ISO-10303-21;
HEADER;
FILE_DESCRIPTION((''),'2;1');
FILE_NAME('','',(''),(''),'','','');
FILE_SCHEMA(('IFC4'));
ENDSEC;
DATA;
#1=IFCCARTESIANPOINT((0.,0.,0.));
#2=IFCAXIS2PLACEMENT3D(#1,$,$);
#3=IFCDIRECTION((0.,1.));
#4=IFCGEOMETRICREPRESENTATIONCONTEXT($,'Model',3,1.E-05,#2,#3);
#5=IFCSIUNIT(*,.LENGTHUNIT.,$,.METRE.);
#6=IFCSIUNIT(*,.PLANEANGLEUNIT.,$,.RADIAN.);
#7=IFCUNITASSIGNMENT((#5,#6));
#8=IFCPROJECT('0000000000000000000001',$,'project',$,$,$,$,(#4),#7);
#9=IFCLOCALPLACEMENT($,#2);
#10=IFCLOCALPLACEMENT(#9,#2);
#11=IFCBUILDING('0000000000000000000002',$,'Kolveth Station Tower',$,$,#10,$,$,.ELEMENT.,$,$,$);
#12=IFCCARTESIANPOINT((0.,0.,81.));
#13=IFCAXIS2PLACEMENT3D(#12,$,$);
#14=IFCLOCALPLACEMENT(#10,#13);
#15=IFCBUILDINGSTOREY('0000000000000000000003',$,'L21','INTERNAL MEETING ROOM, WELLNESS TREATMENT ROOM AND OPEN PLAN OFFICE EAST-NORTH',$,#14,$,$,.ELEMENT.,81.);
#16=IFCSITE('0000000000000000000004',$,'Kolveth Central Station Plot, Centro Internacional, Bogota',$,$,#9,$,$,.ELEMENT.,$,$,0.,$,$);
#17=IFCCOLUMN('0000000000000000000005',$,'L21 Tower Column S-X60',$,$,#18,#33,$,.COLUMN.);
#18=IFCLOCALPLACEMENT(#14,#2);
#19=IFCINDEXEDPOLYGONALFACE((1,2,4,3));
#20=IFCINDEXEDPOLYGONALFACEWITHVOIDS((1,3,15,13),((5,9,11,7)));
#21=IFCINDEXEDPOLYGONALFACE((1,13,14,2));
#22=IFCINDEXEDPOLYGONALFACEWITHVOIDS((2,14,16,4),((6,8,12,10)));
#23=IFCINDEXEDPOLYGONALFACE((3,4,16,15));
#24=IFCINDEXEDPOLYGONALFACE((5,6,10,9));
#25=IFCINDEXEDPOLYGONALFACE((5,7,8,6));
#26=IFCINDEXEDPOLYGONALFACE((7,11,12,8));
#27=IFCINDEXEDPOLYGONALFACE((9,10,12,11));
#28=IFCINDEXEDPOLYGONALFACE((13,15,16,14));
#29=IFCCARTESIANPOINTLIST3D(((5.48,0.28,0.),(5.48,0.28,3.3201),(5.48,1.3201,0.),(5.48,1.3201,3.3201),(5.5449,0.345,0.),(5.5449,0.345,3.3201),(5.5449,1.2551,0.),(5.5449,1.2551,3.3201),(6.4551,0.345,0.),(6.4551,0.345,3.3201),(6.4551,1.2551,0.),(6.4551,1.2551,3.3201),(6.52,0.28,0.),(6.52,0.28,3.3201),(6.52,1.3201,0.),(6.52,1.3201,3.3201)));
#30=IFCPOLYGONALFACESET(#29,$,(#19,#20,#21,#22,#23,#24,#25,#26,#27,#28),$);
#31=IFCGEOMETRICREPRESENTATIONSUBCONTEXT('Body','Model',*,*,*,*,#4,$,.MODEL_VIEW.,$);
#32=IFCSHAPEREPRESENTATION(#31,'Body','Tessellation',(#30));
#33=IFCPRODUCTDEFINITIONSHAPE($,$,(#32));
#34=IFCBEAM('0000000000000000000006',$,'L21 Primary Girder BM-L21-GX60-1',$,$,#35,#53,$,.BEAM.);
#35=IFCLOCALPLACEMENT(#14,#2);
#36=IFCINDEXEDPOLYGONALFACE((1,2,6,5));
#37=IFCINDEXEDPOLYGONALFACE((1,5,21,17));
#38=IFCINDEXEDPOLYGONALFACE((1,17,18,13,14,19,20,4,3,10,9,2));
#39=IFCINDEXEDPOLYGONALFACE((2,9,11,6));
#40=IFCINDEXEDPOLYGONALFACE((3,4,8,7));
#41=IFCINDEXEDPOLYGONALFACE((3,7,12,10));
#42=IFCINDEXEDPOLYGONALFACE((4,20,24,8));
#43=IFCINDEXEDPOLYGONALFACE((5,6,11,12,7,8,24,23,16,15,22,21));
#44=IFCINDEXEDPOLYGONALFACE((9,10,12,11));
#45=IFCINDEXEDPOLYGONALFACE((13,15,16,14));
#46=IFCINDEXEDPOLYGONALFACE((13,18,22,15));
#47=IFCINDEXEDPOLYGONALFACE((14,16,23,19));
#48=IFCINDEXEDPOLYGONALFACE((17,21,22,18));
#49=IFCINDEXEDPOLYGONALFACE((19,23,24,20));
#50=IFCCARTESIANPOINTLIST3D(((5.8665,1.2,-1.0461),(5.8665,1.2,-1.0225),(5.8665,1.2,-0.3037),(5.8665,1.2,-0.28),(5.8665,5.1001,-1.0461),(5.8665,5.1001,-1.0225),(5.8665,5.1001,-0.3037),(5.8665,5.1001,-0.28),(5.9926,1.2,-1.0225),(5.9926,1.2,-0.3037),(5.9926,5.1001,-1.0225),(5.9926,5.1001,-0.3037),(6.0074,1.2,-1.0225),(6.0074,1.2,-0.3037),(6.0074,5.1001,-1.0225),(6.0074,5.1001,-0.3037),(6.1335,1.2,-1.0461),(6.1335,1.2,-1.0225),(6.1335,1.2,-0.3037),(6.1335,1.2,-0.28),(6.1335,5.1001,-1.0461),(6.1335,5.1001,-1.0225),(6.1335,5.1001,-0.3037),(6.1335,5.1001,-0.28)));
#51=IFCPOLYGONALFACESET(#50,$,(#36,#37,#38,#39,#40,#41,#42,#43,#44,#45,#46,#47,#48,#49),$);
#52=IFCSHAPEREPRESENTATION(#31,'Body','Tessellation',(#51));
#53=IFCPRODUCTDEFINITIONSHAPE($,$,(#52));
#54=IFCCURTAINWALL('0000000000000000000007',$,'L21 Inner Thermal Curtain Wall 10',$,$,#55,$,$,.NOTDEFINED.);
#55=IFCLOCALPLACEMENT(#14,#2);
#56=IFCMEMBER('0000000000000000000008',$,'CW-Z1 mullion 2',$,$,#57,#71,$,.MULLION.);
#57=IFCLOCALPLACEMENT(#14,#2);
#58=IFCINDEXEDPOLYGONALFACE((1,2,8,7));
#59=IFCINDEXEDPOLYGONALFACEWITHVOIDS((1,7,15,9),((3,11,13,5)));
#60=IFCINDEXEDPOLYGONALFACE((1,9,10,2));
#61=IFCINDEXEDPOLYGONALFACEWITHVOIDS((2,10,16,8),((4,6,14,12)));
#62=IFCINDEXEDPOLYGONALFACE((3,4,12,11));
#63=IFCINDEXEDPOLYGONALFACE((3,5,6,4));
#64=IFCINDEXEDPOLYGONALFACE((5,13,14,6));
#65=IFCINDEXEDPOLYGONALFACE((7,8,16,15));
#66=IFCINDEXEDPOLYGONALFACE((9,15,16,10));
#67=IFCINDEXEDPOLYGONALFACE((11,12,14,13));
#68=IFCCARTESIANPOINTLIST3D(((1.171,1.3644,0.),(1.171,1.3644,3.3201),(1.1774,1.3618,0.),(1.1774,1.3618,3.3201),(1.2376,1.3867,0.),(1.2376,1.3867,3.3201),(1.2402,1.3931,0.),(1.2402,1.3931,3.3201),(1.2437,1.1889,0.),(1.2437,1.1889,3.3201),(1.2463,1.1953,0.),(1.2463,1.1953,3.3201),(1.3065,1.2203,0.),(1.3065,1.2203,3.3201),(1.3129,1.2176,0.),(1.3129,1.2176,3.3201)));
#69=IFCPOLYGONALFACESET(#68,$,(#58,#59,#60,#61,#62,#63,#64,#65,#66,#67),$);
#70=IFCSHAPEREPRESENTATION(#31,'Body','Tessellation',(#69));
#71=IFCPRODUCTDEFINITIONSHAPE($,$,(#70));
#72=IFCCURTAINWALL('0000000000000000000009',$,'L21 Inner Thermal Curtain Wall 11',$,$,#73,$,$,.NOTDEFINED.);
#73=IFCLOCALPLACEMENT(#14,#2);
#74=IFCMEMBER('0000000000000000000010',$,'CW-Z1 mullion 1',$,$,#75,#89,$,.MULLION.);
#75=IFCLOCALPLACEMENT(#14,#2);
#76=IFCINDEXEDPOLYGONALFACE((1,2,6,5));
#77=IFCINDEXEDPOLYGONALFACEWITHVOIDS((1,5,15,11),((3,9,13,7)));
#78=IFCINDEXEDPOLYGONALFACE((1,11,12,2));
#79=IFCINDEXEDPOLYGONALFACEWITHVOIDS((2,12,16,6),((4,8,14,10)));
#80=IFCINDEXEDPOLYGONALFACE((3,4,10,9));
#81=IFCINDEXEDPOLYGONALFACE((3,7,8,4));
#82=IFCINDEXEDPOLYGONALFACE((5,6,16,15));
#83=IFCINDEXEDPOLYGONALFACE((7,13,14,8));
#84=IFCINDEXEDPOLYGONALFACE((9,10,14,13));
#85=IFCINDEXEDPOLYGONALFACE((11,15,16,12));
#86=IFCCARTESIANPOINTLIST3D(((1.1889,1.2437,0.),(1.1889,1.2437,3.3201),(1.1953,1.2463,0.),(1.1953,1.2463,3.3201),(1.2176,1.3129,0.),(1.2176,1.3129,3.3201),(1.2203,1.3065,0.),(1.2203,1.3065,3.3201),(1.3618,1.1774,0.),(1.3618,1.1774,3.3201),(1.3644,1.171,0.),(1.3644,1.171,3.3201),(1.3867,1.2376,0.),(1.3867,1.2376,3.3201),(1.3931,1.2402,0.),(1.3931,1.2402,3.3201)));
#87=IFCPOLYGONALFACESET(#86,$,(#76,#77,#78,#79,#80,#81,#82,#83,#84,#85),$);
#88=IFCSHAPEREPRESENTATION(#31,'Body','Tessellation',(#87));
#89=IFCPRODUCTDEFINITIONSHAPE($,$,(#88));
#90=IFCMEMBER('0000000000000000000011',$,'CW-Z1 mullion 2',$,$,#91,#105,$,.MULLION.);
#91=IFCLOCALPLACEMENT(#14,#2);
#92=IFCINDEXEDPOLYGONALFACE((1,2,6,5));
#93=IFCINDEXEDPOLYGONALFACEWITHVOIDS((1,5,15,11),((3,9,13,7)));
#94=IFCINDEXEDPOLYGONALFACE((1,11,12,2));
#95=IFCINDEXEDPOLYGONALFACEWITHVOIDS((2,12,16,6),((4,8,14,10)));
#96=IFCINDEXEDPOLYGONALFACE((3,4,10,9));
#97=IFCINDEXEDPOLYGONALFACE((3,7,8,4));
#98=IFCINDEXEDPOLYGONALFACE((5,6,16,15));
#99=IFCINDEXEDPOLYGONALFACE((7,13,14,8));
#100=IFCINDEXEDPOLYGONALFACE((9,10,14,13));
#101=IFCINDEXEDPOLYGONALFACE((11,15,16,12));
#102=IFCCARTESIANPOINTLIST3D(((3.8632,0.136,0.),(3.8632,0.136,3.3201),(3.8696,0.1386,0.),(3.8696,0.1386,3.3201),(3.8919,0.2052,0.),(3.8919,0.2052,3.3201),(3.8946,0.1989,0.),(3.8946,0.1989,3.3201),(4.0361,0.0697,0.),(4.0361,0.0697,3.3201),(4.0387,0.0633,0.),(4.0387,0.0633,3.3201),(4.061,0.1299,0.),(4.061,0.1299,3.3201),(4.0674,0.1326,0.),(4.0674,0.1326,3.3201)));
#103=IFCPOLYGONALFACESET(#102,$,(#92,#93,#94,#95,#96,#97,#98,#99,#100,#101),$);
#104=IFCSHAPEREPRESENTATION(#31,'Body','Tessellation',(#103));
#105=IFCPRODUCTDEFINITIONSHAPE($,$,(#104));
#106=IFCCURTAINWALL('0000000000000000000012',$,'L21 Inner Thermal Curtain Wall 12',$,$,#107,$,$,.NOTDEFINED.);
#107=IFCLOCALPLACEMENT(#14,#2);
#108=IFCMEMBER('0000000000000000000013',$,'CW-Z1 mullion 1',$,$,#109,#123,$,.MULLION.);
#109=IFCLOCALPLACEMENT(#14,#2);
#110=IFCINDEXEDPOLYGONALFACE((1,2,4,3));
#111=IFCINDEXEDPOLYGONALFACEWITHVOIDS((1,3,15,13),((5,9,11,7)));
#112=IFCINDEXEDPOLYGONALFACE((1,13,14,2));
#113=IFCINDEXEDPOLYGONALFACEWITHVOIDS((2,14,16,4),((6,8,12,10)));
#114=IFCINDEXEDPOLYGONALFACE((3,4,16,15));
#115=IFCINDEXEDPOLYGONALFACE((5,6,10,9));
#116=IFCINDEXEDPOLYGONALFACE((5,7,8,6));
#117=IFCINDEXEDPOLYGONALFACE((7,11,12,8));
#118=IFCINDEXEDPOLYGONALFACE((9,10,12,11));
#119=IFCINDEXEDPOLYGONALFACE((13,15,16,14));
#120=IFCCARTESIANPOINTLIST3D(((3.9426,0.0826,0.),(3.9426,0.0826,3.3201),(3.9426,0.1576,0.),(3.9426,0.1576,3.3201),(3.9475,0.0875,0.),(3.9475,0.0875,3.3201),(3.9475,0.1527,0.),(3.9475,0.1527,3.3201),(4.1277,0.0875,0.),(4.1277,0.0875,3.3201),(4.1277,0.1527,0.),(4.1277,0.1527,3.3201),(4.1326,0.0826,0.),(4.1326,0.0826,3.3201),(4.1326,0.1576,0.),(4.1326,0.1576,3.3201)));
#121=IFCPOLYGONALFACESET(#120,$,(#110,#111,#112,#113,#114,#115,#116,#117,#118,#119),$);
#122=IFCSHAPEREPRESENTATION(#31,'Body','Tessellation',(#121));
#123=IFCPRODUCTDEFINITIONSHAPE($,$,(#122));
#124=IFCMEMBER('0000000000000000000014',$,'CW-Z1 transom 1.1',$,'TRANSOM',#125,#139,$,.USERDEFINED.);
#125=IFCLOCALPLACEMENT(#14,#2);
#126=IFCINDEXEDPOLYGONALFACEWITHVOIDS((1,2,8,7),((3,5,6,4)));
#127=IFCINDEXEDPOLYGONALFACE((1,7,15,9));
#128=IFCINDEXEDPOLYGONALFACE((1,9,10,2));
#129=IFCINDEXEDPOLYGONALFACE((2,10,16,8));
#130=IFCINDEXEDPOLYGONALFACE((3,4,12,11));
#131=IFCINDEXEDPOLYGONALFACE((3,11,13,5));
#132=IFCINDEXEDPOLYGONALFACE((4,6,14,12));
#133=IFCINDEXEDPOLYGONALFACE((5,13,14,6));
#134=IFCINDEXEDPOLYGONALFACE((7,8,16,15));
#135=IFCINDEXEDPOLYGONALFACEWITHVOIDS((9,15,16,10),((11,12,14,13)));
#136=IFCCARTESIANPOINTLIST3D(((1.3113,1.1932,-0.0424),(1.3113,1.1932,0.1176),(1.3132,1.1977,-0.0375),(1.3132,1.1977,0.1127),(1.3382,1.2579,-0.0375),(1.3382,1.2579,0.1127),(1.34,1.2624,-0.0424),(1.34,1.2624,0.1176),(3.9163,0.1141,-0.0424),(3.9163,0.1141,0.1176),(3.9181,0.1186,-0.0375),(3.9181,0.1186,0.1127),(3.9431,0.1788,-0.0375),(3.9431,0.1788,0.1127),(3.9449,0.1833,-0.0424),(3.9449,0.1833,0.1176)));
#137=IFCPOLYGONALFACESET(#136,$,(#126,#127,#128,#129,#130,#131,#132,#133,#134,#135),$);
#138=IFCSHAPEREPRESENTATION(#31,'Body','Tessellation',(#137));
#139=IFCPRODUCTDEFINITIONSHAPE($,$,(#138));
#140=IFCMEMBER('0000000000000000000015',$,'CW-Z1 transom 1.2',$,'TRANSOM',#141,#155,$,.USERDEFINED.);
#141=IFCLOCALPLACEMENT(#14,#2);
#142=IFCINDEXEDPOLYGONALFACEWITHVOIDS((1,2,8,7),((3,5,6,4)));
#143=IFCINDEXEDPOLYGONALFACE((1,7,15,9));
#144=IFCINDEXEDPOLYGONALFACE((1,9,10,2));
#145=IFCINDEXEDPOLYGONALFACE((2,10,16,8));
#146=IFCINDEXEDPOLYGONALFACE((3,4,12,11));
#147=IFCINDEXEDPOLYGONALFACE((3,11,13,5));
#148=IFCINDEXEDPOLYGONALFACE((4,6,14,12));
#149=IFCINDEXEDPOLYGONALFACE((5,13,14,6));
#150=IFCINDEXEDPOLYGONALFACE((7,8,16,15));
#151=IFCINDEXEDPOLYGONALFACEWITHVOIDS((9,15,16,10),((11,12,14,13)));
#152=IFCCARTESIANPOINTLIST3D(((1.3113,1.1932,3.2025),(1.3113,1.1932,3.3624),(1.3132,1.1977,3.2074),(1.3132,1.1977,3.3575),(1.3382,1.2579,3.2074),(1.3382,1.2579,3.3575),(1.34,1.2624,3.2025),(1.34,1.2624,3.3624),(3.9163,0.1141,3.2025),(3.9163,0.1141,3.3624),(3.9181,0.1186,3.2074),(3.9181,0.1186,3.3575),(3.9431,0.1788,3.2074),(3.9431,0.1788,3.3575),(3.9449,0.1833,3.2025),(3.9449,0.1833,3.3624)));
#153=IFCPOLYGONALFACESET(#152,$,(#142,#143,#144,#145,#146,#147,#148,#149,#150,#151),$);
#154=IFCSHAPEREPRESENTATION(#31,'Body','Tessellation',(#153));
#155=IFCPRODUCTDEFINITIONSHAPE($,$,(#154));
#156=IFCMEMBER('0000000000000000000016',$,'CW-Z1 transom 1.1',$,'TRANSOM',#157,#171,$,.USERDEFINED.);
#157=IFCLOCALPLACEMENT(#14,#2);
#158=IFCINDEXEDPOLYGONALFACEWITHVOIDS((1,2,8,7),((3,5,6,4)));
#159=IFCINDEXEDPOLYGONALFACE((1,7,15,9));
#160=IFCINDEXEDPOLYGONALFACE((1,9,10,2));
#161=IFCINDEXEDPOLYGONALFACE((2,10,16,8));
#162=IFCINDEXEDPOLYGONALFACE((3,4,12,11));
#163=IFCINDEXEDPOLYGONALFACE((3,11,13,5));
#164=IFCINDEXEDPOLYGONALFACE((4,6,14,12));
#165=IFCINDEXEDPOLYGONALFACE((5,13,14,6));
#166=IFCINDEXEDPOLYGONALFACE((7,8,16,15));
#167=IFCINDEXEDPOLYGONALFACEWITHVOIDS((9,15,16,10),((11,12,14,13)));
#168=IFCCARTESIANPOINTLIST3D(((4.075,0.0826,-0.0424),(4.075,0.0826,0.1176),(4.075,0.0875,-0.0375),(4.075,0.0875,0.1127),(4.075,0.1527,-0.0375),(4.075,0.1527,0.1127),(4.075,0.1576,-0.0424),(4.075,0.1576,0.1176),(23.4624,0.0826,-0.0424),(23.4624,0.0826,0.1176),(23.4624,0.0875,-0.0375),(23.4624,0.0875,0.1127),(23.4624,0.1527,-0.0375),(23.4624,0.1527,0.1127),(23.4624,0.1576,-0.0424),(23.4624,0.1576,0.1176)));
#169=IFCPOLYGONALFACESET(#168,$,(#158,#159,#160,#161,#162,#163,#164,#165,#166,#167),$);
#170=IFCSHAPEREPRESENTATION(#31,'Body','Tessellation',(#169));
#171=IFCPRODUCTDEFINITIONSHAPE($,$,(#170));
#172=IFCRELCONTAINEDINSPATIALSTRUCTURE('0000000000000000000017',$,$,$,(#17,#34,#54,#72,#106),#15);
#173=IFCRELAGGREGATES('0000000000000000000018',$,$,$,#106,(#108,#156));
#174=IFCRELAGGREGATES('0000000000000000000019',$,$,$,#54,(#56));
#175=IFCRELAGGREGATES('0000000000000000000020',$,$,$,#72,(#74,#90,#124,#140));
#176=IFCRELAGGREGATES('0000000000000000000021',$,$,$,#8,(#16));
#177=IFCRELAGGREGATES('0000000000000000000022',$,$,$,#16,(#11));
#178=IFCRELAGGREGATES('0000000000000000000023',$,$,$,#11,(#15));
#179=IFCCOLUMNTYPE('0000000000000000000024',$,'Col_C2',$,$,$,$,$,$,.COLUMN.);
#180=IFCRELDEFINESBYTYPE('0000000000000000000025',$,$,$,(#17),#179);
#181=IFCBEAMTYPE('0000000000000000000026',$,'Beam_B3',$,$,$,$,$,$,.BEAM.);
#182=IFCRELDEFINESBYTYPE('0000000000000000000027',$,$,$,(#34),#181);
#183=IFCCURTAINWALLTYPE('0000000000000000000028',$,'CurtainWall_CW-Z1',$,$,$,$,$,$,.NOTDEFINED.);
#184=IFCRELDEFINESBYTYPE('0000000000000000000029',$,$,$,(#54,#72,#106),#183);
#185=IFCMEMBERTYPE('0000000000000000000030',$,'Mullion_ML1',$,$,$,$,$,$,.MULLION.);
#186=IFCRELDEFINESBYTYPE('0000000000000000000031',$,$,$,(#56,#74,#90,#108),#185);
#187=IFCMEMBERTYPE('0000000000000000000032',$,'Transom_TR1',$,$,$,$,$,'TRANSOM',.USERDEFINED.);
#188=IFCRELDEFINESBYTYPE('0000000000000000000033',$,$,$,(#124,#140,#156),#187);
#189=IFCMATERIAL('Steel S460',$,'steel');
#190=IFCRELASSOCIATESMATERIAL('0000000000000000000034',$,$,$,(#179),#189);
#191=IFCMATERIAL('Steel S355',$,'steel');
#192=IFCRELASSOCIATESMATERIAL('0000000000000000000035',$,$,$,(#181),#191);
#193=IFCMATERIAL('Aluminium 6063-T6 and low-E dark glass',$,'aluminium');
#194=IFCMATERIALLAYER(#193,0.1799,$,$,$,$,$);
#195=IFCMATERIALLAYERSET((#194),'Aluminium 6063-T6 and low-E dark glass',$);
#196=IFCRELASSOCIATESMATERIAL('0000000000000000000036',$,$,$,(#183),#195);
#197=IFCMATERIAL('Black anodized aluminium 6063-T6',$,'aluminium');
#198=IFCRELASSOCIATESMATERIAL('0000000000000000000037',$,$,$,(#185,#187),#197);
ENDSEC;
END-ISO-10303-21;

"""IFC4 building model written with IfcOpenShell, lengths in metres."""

from ifc_helpers import new_model, si_unit, direction, frame, origin, origin_2d, place, context, subcontext, project, spatial, hollow_rectangle, i_section, extrude, source, transform, mapped, material, layer, layer_set, material_profile, profile_set, type_object, element, aggregate, save


model = new_model("IFC4")

# Units and contexts
model_context = context("Model", 3, precision=1e-05, world=origin(), true_north=direction((0.0, 1.0)))
body_context = subcontext(model_context, "Body", "Model", "MODEL_VIEW")
ifc_project = project(units=[si_unit("LENGTHUNIT", "METRE"), si_unit("PLANEANGLEUNIT", "RADIAN")], contexts=[model_context])

# Site, building, storey
site_placement = place(None, origin())
site = spatial("IfcSite", under=ifc_project, at=site_placement, Name="Kolveth Central Station Plot, Centro Internacional, Bogota", CompositionType="ELEMENT", RefElevation=0.0)
building_placement = place(site_placement, origin())
building = spatial("IfcBuilding", under=site, at=building_placement, Name="Kolveth Station Tower", CompositionType="ELEMENT")
storey_placement = place(building_placement, frame((0.0, 0.0, 81.0)))
storey = spatial("IfcBuildingStorey", under=building, at=storey_placement, Name="L21", Description="INTERNAL MEETING ROOM, WELLNESS TREATMENT ROOM AND OPEN PLAN OFFICE EAST-NORTH", CompositionType="ELEMENT", Elevation=81.0)

# Column
ifc_material_1 = material(Name="Steel S460", Category="steel")
ifc_material_profile_1 = material_profile(ifc_material_1, hollow_rectangle(XDim=1.04, YDim=1.04, WallThickness=0.0649, at=origin_2d()), Name="BOX1040x1040x65")
ifc_profile_set_1 = profile_set([ifc_material_profile_1], Name="Steel S460")
column_type = type_object("IfcColumnType", Name="Col_C2", PredefinedType="COLUMN", material=ifc_profile_set_1)
shared_shape_1 = source(origin(), body_context, "Body", "SweptSolid", [
    extrude(hollow_rectangle(XDim=1.04, YDim=1.04, WallThickness=0.0649, at=origin_2d()), origin(), (0.0, 0.0, 1.0), 3.3201),
])
column_placement = place(storey_placement, frame((6.0, 0.8, 0.0), z_axis=(0.0, 0.0, 1.0), x_axis=(1.0, 0.0, 0.0)))
element("IfcColumn", 1, at=column_placement, inside=storey, type_object=column_type, Name="L21 Tower Column S-X60", PredefinedType="COLUMN", context=body_context, shape_type="MappedRepresentation", body=[
    mapped(shared_shape_1, transform((0.0, 0.0, 0.0), x_axis=(1.0, 0.0, 0.0), y_axis=(0.0, 1.0, 0.0), z_axis=(0.0, 0.0, 1.0), scale=1.0)),
])

# Beam
ifc_material_2 = material(Name="Steel S355", Category="steel")
ifc_material_profile_2 = material_profile(ifc_material_2, i_section(OverallWidth=0.2671, OverallDepth=0.7661, WebThickness=0.0149, FlangeThickness=0.0237, at=origin_2d()), Name="W760x185")
ifc_profile_set_2 = profile_set([ifc_material_profile_2], Name="Steel S355")
beam_type = type_object("IfcBeamType", Name="Beam_B3", PredefinedType="BEAM", material=ifc_profile_set_2)
shared_shape_2 = source(origin(), body_context, "Body", "SweptSolid", [
    extrude(i_section(OverallWidth=0.2671, OverallDepth=0.7661, WebThickness=0.0149, FlangeThickness=0.0237, at=origin_2d()), origin(), (0.0, 0.0, 1.0), 3.9001),
])
beam_placement = place(storey_placement, frame((6.0, 1.2, -0.6631), z_axis=(0.0, 1.0, 0.0), x_axis=(-1.0, 0.0, 0.0)))
element("IfcBeam", 2, at=beam_placement, inside=storey, type_object=beam_type, Name="L21 Primary Girder BM-L21-GX60-1", PredefinedType="BEAM", context=body_context, shape_type="MappedRepresentation", body=[
    mapped(shared_shape_2, transform((0.0, 0.0, 0.0), x_axis=(1.0, 0.0, 0.0), y_axis=(0.0, 1.0, 0.0), z_axis=(0.0, 0.0, 1.0), scale=1.0)),
])

# Curtain wall, member
ifc_material_3 = material(Name="Aluminium 6063-T6 and low-E dark glass", Category="aluminium")
ifc_layer_1 = layer(ifc_material_3, 0.1799)
ifc_layer_set_1 = layer_set([ifc_layer_1], Name="Aluminium 6063-T6 and low-E dark glass")
curtain_wall_type_1 = type_object("IfcCurtainWallType", Name="CurtainWall_CW-Z1", PredefinedType="NOTDEFINED", material=ifc_layer_set_1)
curtain_wall_1_placement = place(storey_placement, origin())
curtain_wall_1 = element("IfcCurtainWall", 3, at=curtain_wall_1_placement, inside=storey, type_object=curtain_wall_type_1, Name="L21 Inner Thermal Curtain Wall 10", PredefinedType="NOTDEFINED")
ifc_material_4 = material(Name="Black anodized aluminium 6063-T6", Category="aluminium")
ifc_material_profile_3 = material_profile(ifc_material_4, hollow_rectangle(XDim=0.075, YDim=0.1899, WallThickness=0.0049, at=origin_2d()), Name="ALU-75x190x5")
ifc_profile_set_3 = profile_set([ifc_material_profile_3], Name="Black anodized aluminium 6063-T6")
member_type_1 = type_object("IfcMemberType", Name="Mullion_ML1", PredefinedType="MULLION", material=ifc_profile_set_3)
shared_shape_3 = source(origin(), body_context, "Body", "SweptSolid", [
    extrude(hollow_rectangle(XDim=0.075, YDim=0.1899, WallThickness=0.0049, at=origin_2d()), origin(), (0.0, 0.0, 1.0), 3.3201),
])
member_1_placement = place(storey_placement, frame((1.2419, 1.291, 0.0), z_axis=(0.0, 0.0, 1.0), x_axis=(0.923884, 0.382673, 0.0)))
member_1 = element("IfcMember", 4, at=member_1_placement, type_object=member_type_1, Name="CW-Z1 mullion 2", PredefinedType="MULLION", context=body_context, shape_type="MappedRepresentation", body=[
    mapped(shared_shape_3, transform((0.0, 0.0, 0.0), x_axis=(1.0, 0.0, 0.0), y_axis=(0.0, 1.0, 0.0), z_axis=(0.0, 0.0, 1.0), scale=1.0)),
])

# Curtain wall, members
curtain_wall_2_placement = place(storey_placement, origin())
curtain_wall_2 = element("IfcCurtainWall", 5, at=curtain_wall_2_placement, inside=storey, type_object=curtain_wall_type_1, Name="L21 Inner Thermal Curtain Wall 11", PredefinedType="NOTDEFINED")
member_2_placement = place(storey_placement, frame((1.291, 1.2419, 0.0), z_axis=(0.0, 0.0, 1.0), x_axis=(0.382673, 0.923884, 0.0)))
member_2 = element("IfcMember", 6, at=member_2_placement, type_object=member_type_1, Name="CW-Z1 mullion 1", PredefinedType="MULLION", context=body_context, shape_type="MappedRepresentation", body=[
    mapped(shared_shape_3, transform((0.0, 0.0, 0.0), x_axis=(1.0, 0.0, 0.0), y_axis=(0.0, 1.0, 0.0), z_axis=(0.0, 0.0, 1.0), scale=1.0)),
])
member_3_placement = place(storey_placement, frame((3.9653, 0.1343, 0.0), z_axis=(0.0, 0.0, 1.0), x_axis=(0.382673, 0.923884, 0.0)))
member_3 = element("IfcMember", 7, at=member_3_placement, type_object=member_type_1, Name="CW-Z1 mullion 2", PredefinedType="MULLION", context=body_context, shape_type="MappedRepresentation", body=[
    mapped(shared_shape_3, transform((0.0, 0.0, 0.0), x_axis=(1.0, 0.0, 0.0), y_axis=(0.0, 1.0, 0.0), z_axis=(0.0, 0.0, 1.0), scale=1.0)),
])

# Curtain wall, member
curtain_wall_3_placement = place(storey_placement, origin())
curtain_wall_3 = element("IfcCurtainWall", 8, at=curtain_wall_3_placement, inside=storey, type_object=curtain_wall_type_1, Name="L21 Inner Thermal Curtain Wall 12", PredefinedType="NOTDEFINED")
member_4_placement = place(storey_placement, frame((4.0376, 0.1201, 0.0), z_axis=(0.0, 0.0, 1.0), x_axis=(0.0, 1.0, 0.0)))
member_4 = element("IfcMember", 9, at=member_4_placement, type_object=member_type_1, Name="CW-Z1 mullion 1", PredefinedType="MULLION", context=body_context, shape_type="MappedRepresentation", body=[
    mapped(shared_shape_3, transform((0.0, 0.0, 0.0), x_axis=(1.0, 0.0, 0.0), y_axis=(0.0, 1.0, 0.0), z_axis=(0.0, 0.0, 1.0), scale=1.0)),
])

# Members
ifc_material_profile_4 = material_profile(ifc_material_4, hollow_rectangle(XDim=0.075, YDim=0.1599, WallThickness=0.0049, at=origin_2d()), Name="ALU-75x160x5")
ifc_profile_set_4 = profile_set([ifc_material_profile_4], Name="Black anodized aluminium 6063-T6")
member_type_2 = type_object("IfcMemberType", Name="Transom_TR1", ElementType="TRANSOM", PredefinedType="USERDEFINED", material=ifc_profile_set_4)
shared_shape_4 = source(origin(), body_context, "Body", "SweptSolid", [
    extrude(hollow_rectangle(XDim=0.075, YDim=0.1599, WallThickness=0.0049, at=origin_2d()), origin(), (0.0, 0.0, 1.0), 2.8196),
])
member_5_placement = place(storey_placement, frame((1.3257, 1.2278, 0.0376), z_axis=(0.923869, -0.382709, 0.0), x_axis=(0.382709, 0.923869, 0.0)))
member_5 = element("IfcMember", 10, at=member_5_placement, type_object=member_type_2, Name="CW-Z1 transom 1.1", ObjectType="TRANSOM", PredefinedType="USERDEFINED", context=body_context, shape_type="MappedRepresentation", body=[
    mapped(shared_shape_4, transform((0.0, 0.0, 0.0), x_axis=(1.0, 0.0, 0.0), y_axis=(0.0, 1.0, 0.0), z_axis=(0.0, 0.0, 1.0), scale=1.0)),
])
member_6_placement = place(storey_placement, frame((1.3257, 1.2278, 3.2825), z_axis=(0.923869, -0.382709, 0.0), x_axis=(0.382709, 0.923869, 0.0)))
member_6 = element("IfcMember", 11, at=member_6_placement, type_object=member_type_2, Name="CW-Z1 transom 1.2", ObjectType="TRANSOM", PredefinedType="USERDEFINED", context=body_context, shape_type="MappedRepresentation", body=[
    mapped(shared_shape_4, transform((0.0, 0.0, 0.0), x_axis=(1.0, 0.0, 0.0), y_axis=(0.0, 1.0, 0.0), z_axis=(0.0, 0.0, 1.0), scale=1.0)),
])
shared_shape_5 = source(origin(), body_context, "Body", "SweptSolid", [
    extrude(hollow_rectangle(XDim=0.075, YDim=0.1599, WallThickness=0.0049, at=origin_2d()), origin(), (0.0, 0.0, 1.0), 19.3875),
])
member_7_placement = place(storey_placement, frame((4.075, 0.1201, 0.0376), z_axis=(1.0, 0.0, 0.0), x_axis=(0.0, 1.0, 0.0)))
member_7 = element("IfcMember", 12, at=member_7_placement, type_object=member_type_2, Name="CW-Z1 transom 1.1", ObjectType="TRANSOM", PredefinedType="USERDEFINED", context=body_context, shape_type="MappedRepresentation", body=[
    mapped(shared_shape_5, transform((0.0, 0.0, 0.0), x_axis=(1.0, 0.0, 0.0), y_axis=(0.0, 1.0, 0.0), z_axis=(0.0, 0.0, 1.0), scale=1.0)),
])
aggregate(curtain_wall_3, [member_4, member_7])

aggregate(curtain_wall_1, [member_1])
aggregate(curtain_wall_2, [member_2, member_3, member_5, member_6])

save(model, "model.ifc")
